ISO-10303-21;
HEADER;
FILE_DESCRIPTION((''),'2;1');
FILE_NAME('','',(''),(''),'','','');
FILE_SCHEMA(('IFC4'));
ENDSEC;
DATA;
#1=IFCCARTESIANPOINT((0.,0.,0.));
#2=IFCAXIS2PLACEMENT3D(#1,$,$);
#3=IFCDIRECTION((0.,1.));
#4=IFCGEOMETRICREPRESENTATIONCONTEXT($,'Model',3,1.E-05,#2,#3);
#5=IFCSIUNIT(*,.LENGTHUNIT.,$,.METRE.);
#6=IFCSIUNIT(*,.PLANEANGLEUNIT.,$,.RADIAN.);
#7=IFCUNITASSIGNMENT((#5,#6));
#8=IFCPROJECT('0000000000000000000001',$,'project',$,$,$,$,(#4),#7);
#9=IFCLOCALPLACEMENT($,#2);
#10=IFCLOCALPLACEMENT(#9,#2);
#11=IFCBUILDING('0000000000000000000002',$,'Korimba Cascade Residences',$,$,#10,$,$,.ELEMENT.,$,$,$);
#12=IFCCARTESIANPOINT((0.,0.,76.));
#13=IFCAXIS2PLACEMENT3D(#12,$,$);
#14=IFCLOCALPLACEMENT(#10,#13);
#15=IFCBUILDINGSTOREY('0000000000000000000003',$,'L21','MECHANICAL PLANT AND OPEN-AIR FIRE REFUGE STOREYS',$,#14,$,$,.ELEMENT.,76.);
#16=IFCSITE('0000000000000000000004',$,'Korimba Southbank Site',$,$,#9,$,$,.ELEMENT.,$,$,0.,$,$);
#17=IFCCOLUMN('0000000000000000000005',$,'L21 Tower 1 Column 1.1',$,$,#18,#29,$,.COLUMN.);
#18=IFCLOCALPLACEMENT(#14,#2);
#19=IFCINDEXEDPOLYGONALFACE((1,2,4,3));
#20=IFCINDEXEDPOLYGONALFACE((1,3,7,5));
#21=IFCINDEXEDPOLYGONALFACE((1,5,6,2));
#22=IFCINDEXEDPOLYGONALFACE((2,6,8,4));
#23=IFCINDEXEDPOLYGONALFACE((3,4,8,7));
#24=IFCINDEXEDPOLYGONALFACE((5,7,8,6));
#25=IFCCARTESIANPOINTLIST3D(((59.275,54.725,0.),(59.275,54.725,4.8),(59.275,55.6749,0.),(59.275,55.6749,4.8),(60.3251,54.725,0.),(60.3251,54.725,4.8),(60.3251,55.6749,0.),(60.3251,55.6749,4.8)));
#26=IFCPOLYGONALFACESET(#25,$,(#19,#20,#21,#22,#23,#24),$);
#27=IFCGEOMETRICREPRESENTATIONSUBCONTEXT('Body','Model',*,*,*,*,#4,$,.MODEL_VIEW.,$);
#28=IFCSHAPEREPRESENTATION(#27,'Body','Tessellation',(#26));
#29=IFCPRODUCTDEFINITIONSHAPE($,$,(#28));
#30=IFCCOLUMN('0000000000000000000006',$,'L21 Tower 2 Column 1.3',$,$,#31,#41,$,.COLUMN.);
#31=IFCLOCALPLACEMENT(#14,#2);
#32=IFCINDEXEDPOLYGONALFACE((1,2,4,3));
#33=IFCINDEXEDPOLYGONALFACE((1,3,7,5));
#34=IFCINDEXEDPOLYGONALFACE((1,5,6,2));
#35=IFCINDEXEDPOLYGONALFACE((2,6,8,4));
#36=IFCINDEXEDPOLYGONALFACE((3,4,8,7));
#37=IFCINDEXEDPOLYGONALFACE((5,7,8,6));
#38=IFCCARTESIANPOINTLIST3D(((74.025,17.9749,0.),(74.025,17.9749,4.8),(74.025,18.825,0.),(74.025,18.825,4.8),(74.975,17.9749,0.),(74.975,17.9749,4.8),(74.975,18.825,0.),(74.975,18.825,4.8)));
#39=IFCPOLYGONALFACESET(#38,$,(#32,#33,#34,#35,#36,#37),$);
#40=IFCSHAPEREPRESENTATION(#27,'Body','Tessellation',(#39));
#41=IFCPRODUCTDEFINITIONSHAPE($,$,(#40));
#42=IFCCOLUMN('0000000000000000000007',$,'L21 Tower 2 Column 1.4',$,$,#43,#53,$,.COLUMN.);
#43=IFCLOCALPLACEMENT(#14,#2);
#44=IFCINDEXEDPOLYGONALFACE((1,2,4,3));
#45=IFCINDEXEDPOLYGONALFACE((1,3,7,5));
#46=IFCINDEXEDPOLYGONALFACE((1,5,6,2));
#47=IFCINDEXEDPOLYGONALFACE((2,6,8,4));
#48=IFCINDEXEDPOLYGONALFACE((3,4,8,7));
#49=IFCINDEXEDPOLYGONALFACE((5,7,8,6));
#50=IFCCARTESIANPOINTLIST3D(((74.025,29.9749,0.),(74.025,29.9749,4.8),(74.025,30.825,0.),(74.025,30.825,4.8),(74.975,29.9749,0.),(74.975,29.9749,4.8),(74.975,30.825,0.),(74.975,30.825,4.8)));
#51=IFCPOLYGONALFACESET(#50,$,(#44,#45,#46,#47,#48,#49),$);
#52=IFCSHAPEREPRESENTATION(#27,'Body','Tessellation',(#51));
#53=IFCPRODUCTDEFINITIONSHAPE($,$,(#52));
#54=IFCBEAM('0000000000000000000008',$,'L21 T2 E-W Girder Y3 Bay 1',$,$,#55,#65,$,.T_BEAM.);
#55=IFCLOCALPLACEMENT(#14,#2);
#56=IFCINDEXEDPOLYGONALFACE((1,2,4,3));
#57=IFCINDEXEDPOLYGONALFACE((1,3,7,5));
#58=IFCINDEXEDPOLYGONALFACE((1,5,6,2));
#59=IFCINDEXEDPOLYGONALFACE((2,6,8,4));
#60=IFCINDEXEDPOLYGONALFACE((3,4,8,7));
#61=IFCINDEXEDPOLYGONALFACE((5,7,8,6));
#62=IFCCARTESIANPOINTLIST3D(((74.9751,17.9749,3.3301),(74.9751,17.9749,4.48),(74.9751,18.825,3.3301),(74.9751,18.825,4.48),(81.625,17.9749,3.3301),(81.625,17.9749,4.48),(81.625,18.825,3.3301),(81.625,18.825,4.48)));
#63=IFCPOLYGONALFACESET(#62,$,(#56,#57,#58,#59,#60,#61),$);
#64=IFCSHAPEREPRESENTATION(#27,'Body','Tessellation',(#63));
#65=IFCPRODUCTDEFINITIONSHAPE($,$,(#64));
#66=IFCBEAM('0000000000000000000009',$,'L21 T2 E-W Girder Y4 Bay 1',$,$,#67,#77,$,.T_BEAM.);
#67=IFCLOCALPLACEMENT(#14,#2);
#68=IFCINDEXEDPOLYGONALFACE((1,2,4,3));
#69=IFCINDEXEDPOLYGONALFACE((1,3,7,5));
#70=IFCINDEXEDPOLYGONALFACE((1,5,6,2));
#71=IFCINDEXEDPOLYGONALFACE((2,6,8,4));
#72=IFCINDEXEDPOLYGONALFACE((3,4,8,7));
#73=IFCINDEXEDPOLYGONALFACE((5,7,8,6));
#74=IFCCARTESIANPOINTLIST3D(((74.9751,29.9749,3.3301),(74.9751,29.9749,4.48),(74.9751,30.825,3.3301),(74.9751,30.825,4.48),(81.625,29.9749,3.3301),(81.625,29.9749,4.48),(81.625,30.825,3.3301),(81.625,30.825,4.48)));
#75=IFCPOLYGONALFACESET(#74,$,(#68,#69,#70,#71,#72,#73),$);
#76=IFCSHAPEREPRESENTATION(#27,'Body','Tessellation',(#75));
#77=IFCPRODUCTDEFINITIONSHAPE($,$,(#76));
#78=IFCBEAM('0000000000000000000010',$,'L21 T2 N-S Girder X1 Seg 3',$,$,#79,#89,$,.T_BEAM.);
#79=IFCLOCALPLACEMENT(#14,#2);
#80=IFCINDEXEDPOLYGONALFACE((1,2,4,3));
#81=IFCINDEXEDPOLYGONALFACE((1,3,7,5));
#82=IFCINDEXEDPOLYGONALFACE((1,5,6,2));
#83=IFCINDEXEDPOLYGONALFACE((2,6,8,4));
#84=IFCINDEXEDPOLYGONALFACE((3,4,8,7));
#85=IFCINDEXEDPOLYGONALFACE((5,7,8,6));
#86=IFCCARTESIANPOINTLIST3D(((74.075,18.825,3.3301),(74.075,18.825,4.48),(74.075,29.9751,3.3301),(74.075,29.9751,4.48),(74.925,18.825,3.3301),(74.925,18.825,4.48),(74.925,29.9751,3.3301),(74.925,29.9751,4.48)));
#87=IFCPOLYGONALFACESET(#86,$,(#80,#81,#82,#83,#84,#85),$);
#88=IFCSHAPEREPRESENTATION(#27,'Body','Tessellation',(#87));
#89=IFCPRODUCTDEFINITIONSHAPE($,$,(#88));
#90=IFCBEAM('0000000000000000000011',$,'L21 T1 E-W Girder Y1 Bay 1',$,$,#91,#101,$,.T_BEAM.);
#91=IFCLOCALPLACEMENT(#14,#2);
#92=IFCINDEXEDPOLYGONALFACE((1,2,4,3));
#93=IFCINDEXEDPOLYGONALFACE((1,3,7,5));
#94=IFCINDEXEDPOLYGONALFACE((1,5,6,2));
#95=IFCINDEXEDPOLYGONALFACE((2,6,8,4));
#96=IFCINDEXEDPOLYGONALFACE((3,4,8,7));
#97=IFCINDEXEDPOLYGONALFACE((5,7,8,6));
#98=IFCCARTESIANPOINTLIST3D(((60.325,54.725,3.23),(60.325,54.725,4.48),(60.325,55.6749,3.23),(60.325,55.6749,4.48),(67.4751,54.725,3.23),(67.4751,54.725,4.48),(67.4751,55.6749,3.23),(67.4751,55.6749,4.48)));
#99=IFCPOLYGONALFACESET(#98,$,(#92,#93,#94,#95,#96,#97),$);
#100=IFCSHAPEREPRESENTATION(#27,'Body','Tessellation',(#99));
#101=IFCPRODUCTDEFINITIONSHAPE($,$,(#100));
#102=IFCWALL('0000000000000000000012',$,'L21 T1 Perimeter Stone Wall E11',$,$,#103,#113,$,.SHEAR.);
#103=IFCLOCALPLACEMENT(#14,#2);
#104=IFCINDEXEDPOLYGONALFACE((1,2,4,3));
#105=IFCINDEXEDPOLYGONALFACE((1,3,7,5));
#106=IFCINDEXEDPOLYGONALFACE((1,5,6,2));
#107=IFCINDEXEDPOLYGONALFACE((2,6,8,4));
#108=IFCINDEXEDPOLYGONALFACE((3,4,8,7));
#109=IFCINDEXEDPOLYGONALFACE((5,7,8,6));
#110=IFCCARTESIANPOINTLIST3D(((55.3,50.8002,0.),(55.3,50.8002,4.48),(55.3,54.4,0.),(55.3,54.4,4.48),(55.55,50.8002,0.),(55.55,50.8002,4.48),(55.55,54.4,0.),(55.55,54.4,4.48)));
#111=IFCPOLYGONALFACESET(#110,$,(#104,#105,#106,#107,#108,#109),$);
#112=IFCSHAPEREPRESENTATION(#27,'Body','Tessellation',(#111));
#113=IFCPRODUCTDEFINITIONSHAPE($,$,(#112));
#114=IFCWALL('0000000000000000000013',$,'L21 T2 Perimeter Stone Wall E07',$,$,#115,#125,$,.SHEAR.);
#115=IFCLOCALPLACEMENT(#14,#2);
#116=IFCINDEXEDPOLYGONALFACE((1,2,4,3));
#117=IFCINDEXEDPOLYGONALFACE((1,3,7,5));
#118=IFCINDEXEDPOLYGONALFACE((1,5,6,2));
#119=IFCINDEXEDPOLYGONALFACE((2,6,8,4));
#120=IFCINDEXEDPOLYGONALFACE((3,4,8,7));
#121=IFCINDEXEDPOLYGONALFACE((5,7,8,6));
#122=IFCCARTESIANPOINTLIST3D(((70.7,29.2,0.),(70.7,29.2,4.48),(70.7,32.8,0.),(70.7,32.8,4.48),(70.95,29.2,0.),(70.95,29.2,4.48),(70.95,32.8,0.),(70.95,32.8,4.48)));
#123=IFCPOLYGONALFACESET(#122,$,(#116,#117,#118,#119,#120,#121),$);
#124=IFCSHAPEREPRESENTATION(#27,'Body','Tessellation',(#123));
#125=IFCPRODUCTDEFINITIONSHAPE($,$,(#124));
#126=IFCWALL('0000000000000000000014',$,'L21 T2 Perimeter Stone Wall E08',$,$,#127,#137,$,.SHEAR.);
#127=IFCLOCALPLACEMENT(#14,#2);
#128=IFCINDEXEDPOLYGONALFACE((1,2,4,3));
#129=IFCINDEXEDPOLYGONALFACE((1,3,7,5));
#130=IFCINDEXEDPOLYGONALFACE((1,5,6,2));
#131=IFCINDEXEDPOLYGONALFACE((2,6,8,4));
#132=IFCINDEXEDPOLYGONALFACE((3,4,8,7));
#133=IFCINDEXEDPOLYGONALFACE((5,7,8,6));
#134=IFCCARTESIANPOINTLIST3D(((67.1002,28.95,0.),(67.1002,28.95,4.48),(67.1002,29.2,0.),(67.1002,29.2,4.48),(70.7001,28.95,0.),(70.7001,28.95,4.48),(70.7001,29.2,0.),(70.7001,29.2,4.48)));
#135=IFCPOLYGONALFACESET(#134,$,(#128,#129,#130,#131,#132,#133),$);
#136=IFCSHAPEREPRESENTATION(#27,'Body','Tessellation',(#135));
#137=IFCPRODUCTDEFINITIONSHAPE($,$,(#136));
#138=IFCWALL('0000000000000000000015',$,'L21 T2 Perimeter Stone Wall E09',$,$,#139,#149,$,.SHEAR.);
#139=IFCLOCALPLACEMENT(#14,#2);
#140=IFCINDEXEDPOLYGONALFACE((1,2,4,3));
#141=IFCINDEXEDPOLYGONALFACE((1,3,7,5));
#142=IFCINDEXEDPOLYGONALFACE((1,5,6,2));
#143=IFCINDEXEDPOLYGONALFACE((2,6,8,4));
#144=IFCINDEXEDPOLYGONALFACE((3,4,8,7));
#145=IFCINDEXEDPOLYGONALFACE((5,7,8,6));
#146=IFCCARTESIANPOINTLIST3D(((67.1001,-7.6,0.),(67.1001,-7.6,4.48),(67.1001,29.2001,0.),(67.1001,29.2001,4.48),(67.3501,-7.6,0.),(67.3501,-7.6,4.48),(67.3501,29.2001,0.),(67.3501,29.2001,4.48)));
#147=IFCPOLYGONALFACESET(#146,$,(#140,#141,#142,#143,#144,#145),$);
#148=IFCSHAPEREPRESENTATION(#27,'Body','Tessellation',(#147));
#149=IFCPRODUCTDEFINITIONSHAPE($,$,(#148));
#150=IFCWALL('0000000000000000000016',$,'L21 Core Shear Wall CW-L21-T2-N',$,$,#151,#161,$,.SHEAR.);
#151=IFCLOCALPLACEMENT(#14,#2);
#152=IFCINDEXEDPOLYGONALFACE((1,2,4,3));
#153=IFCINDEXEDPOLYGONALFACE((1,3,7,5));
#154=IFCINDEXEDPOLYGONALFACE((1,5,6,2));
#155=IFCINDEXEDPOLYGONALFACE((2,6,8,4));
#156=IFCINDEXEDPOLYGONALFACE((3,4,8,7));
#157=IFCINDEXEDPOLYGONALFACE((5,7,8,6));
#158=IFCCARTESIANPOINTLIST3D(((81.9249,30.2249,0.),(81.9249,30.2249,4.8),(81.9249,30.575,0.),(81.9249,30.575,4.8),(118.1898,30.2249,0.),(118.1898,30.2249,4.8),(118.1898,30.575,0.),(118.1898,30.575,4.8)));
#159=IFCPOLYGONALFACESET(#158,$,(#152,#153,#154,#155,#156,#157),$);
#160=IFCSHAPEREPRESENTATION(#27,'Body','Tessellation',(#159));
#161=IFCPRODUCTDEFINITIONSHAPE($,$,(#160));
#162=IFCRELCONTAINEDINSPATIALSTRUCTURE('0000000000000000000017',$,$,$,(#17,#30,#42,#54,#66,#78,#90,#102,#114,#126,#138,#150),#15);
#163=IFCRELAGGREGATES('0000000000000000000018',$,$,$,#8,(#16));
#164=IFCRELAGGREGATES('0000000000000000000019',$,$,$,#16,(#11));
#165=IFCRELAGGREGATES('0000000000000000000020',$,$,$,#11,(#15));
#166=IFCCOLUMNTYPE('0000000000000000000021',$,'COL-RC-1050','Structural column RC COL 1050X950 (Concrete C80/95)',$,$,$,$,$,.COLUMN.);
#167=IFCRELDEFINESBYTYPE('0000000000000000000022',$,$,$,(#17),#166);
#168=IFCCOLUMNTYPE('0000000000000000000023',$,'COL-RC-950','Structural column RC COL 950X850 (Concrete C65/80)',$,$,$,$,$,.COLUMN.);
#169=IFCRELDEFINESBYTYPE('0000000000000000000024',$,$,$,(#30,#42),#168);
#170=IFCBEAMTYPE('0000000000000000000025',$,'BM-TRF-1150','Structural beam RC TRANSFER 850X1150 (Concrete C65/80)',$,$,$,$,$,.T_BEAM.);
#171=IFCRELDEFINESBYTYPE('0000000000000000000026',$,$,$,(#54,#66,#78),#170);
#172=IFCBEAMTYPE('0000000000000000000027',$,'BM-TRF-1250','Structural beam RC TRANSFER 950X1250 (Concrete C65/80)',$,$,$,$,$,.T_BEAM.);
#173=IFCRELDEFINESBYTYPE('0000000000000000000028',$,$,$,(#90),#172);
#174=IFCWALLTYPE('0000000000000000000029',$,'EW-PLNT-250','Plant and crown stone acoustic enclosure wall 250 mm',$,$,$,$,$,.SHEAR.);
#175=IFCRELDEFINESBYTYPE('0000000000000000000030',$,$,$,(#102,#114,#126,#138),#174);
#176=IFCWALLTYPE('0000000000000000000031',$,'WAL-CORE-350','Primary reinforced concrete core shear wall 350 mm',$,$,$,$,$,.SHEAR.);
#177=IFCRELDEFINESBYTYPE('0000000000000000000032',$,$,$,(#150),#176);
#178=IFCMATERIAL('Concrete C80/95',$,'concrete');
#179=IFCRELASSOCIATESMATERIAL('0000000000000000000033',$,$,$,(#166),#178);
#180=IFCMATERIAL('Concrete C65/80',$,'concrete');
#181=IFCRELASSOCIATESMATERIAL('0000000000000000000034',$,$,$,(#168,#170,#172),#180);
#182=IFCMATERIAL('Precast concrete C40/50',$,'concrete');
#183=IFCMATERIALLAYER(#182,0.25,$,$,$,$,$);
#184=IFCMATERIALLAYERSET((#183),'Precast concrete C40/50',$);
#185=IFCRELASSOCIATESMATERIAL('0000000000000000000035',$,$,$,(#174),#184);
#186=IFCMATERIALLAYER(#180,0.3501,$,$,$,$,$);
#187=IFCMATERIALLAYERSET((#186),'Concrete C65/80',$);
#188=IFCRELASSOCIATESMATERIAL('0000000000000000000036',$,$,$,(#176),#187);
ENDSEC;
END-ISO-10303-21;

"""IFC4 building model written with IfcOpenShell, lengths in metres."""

from ifc_helpers import new_model, si_unit, direction, frame, frame_2d, origin, origin_2d, place, context, subcontext, project, spatial, rectangle, extrude, material, layer, layer_set, material_profile, profile_set, type_object, element, save


model = new_model("IFC4")

# Units and contexts
model_context = context("Model", 3, precision=1e-05, world=origin(), true_north=direction((0.0, 1.0)))
body_context = subcontext(model_context, "Body", "Model", "MODEL_VIEW")
ifc_project = project(units=[si_unit("LENGTHUNIT", "METRE"), si_unit("PLANEANGLEUNIT", "RADIAN")], contexts=[model_context])

# Site, building, storey
site_placement = place(None, origin())
site = spatial("IfcSite", under=ifc_project, at=site_placement, Name="Korimba Southbank Site", CompositionType="ELEMENT", RefElevation=0.0)
building_placement = place(site_placement, origin())
building = spatial("IfcBuilding", under=site, at=building_placement, Name="Korimba Cascade Residences", CompositionType="ELEMENT")
storey_placement = place(building_placement, frame((0.0, 0.0, 76.0)))
storey = spatial("IfcBuildingStorey", under=building, at=storey_placement, Name="L21", Description="MECHANICAL PLANT AND OPEN-AIR FIRE REFUGE STOREYS", CompositionType="ELEMENT", Elevation=76.0)

# Columns
ifc_material_1 = material(Name="Concrete C80/95", Category="concrete")
ifc_material_profile_1 = material_profile(ifc_material_1, rectangle(XDim=1.05, YDim=0.95, at=origin_2d()), Name="Concrete C80/95")
ifc_profile_set_1 = profile_set([ifc_material_profile_1], Name="Concrete C80/95")
column_type_1 = type_object("IfcColumnType", Name="COL-RC-1050", Description="Structural column RC COL 1050X950 (Concrete C80/95)", PredefinedType="COLUMN", material=ifc_profile_set_1)
column_placement = place(storey_placement, frame((59.8, 55.2, 0.0), z_axis=(0.0, 0.0, 1.0), x_axis=(1.0, 0.0, 0.0)))
element("IfcColumn", 1, at=column_placement, inside=storey, type_object=column_type_1, Name="L21 Tower 1 Column 1.1", PredefinedType="COLUMN", context=body_context, shape_type="SweptSolid", body=[
    extrude(rectangle(XDim=1.05, YDim=0.95, at=origin_2d()), origin(), (0.0, 0.0, 1.0), 4.8),
])
ifc_material_2 = material(Name="Concrete C65/80", Category="concrete")
ifc_material_profile_2 = material_profile(ifc_material_2, rectangle(XDim=0.95, YDim=0.8501, at=origin_2d()), Name="Concrete C65/80")
ifc_profile_set_2 = profile_set([ifc_material_profile_2], Name="Concrete C65/80")
column_type_2 = type_object("IfcColumnType", Name="COL-RC-950", Description="Structural column RC COL 950X850 (Concrete C65/80)", PredefinedType="COLUMN", material=ifc_profile_set_2)
for number, where, z_axis, x_axis, name in (
    (2, (74.5, 18.3999, 0.0), (0.0, 0.0, 1.0), (1.0, 0.0, 0.0), "L21 Tower 2 Column 1.3"),
    (3, (74.5, 30.3999, 0.0), (0.0, 0.0, 1.0), (1.0, 0.0, 0.0), "L21 Tower 2 Column 1.4"),
):
    element("IfcColumn", number, at=place(storey_placement, frame(where, z_axis=z_axis, x_axis=x_axis)), inside=storey, type_object=column_type_2, Name=name, PredefinedType="COLUMN", context=body_context, shape_type="SweptSolid", body=[
        extrude(rectangle(XDim=0.95, YDim=0.8501, at=origin_2d()), origin(), (0.0, 0.0, 1.0), 4.8),
    ])

# Beams
ifc_material_profile_3 = material_profile(ifc_material_2, rectangle(XDim=0.8501, YDim=1.1499, at=origin_2d()), Name="Concrete C65/80")
ifc_profile_set_3 = profile_set([ifc_material_profile_3], Name="Concrete C65/80")
beam_type_1 = type_object("IfcBeamType", Name="BM-TRF-1150", Description="Structural beam RC TRANSFER 850X1150 (Concrete C65/80)", PredefinedType="T_BEAM", material=ifc_profile_set_3)
for number, where, z_axis, x_axis, name in (
    (4, (74.9751, 18.3999, 3.905), (1.0, 0.0, 0.0), (0.0, 1.0, 0.0), "L21 T2 E-W Girder Y3 Bay 1"),
    (5, (74.9751, 30.3999, 3.905), (1.0, 0.0, 0.0), (0.0, 1.0, 0.0), "L21 T2 E-W Girder Y4 Bay 1"),
):
    element("IfcBeam", number, at=place(storey_placement, frame(where, z_axis=z_axis, x_axis=x_axis)), inside=storey, type_object=beam_type_1, Name=name, PredefinedType="T_BEAM", context=body_context, shape_type="SweptSolid", body=[
        extrude(rectangle(XDim=0.8501, YDim=1.1499, at=origin_2d()), origin(), (0.0, 0.0, 1.0), 6.6499),
    ])
beam_1_placement = place(storey_placement, frame((74.5, 18.825, 3.905), z_axis=(0.0, 1.0, 0.0), x_axis=(-1.0, 0.0, 0.0)))
element("IfcBeam", 6, at=beam_1_placement, inside=storey, type_object=beam_type_1, Name="L21 T2 N-S Girder X1 Seg 3", PredefinedType="T_BEAM", context=body_context, shape_type="SweptSolid", body=[
    extrude(rectangle(XDim=0.8501, YDim=1.1499, at=origin_2d()), origin(), (0.0, 0.0, 1.0), 11.1501),
])
ifc_material_profile_4 = material_profile(ifc_material_2, rectangle(XDim=0.95, YDim=1.25, at=origin_2d()), Name="Concrete C65/80")
ifc_profile_set_4 = profile_set([ifc_material_profile_4], Name="Concrete C65/80")
beam_type_2 = type_object("IfcBeamType", Name="BM-TRF-1250", Description="Structural beam RC TRANSFER 950X1250 (Concrete C65/80)", PredefinedType="T_BEAM", material=ifc_profile_set_4)
beam_2_placement = place(storey_placement, frame((60.325, 55.2, 3.855), z_axis=(1.0, 0.0, 0.0), x_axis=(0.0, 1.0, 0.0)))
element("IfcBeam", 7, at=beam_2_placement, inside=storey, type_object=beam_type_2, Name="L21 T1 E-W Girder Y1 Bay 1", PredefinedType="T_BEAM", context=body_context, shape_type="SweptSolid", body=[
    extrude(rectangle(XDim=0.95, YDim=1.25, at=origin_2d()), origin(), (0.0, 0.0, 1.0), 7.1501),
])

# Walls
ifc_material_3 = material(Name="Precast concrete C40/50", Category="concrete")
ifc_layer_1 = layer(ifc_material_3, 0.25)
ifc_layer_set_1 = layer_set([ifc_layer_1], Name="Precast concrete C40/50")
wall_type_1 = type_object("IfcWallType", Name="EW-PLNT-250", Description="Plant and crown stone acoustic enclosure wall 250 mm", PredefinedType="SHEAR", material=ifc_layer_set_1)
wall_1_placement = place(storey_placement, frame((55.425, 54.3999, 0.0), z_axis=(0.0, 0.0, 1.0), x_axis=(0.0, -1.0, 0.0)))
element("IfcWall", 8, at=wall_1_placement, inside=storey, type_object=wall_type_1, Name="L21 T1 Perimeter Stone Wall E11", PredefinedType="SHEAR", context=body_context, shape_type="SweptSolid", body=[
    extrude(rectangle(XDim=3.5999, YDim=0.25, at=frame_2d((1.7998, 0.0))), origin(), (0.0, 0.0, 1.0), 4.48),
])
wall_2_placement = place(storey_placement, frame((70.825, 32.8, 0.0), z_axis=(0.0, 0.0, 1.0), x_axis=(0.0, -1.0, 0.0)))
element("IfcWall", 9, at=wall_2_placement, inside=storey, type_object=wall_type_1, Name="L21 T2 Perimeter Stone Wall E07", PredefinedType="SHEAR", context=body_context, shape_type="SweptSolid", body=[
    extrude(rectangle(XDim=3.6001, YDim=0.25, at=frame_2d((1.8, 0.0))), origin(), (0.0, 0.0, 1.0), 4.48),
])
wall_3_placement = place(storey_placement, frame((70.7, 29.075, 0.0), z_axis=(0.0, 0.0, 1.0), x_axis=(-1.0, 0.0, 0.0)))
element("IfcWall", 10, at=wall_3_placement, inside=storey, type_object=wall_type_1, Name="L21 T2 Perimeter Stone Wall E08", PredefinedType="SHEAR", context=body_context, shape_type="SweptSolid", body=[
    extrude(rectangle(XDim=3.5999, YDim=0.25, at=frame_2d((1.7998, 0.0))), origin(), (0.0, 0.0, 1.0), 4.48),
])
wall_4_placement = place(storey_placement, frame((67.2251, 29.2, 0.0), z_axis=(0.0, 0.0, 1.0), x_axis=(0.0, -1.0, 0.0)))
element("IfcWall", 11, at=wall_4_placement, inside=storey, type_object=wall_type_1, Name="L21 T2 Perimeter Stone Wall E09", PredefinedType="SHEAR", context=body_context, shape_type="SweptSolid", body=[
    extrude(rectangle(XDim=36.8, YDim=0.25, at=frame_2d((18.3999, 0.0))), origin(), (0.0, 0.0, 1.0), 4.48),
])
ifc_layer_2 = layer(ifc_material_2, 0.3501)
ifc_layer_set_2 = layer_set([ifc_layer_2], Name="Concrete C65/80")
wall_type_2 = type_object("IfcWallType", Name="WAL-CORE-350", Description="Primary reinforced concrete core shear wall 350 mm", PredefinedType="SHEAR", material=ifc_layer_set_2)
wall_5_placement = place(storey_placement, frame((81.925, 30.3999, 0.0), z_axis=(0.0, 0.0, 1.0), x_axis=(1.0, 0.0, 0.0)))
element("IfcWall", 12, at=wall_5_placement, inside=storey, type_object=wall_type_2, Name="L21 Core Shear Wall CW-L21-T2-N", PredefinedType="SHEAR", context=body_context, shape_type="SweptSolid", body=[
    extrude(rectangle(XDim=36.2649, YDim=0.3501, at=frame_2d((18.1323, 0.0))), origin(), (0.0, 0.0, 1.0), 4.8),
])

save(model, "model.ifc")
